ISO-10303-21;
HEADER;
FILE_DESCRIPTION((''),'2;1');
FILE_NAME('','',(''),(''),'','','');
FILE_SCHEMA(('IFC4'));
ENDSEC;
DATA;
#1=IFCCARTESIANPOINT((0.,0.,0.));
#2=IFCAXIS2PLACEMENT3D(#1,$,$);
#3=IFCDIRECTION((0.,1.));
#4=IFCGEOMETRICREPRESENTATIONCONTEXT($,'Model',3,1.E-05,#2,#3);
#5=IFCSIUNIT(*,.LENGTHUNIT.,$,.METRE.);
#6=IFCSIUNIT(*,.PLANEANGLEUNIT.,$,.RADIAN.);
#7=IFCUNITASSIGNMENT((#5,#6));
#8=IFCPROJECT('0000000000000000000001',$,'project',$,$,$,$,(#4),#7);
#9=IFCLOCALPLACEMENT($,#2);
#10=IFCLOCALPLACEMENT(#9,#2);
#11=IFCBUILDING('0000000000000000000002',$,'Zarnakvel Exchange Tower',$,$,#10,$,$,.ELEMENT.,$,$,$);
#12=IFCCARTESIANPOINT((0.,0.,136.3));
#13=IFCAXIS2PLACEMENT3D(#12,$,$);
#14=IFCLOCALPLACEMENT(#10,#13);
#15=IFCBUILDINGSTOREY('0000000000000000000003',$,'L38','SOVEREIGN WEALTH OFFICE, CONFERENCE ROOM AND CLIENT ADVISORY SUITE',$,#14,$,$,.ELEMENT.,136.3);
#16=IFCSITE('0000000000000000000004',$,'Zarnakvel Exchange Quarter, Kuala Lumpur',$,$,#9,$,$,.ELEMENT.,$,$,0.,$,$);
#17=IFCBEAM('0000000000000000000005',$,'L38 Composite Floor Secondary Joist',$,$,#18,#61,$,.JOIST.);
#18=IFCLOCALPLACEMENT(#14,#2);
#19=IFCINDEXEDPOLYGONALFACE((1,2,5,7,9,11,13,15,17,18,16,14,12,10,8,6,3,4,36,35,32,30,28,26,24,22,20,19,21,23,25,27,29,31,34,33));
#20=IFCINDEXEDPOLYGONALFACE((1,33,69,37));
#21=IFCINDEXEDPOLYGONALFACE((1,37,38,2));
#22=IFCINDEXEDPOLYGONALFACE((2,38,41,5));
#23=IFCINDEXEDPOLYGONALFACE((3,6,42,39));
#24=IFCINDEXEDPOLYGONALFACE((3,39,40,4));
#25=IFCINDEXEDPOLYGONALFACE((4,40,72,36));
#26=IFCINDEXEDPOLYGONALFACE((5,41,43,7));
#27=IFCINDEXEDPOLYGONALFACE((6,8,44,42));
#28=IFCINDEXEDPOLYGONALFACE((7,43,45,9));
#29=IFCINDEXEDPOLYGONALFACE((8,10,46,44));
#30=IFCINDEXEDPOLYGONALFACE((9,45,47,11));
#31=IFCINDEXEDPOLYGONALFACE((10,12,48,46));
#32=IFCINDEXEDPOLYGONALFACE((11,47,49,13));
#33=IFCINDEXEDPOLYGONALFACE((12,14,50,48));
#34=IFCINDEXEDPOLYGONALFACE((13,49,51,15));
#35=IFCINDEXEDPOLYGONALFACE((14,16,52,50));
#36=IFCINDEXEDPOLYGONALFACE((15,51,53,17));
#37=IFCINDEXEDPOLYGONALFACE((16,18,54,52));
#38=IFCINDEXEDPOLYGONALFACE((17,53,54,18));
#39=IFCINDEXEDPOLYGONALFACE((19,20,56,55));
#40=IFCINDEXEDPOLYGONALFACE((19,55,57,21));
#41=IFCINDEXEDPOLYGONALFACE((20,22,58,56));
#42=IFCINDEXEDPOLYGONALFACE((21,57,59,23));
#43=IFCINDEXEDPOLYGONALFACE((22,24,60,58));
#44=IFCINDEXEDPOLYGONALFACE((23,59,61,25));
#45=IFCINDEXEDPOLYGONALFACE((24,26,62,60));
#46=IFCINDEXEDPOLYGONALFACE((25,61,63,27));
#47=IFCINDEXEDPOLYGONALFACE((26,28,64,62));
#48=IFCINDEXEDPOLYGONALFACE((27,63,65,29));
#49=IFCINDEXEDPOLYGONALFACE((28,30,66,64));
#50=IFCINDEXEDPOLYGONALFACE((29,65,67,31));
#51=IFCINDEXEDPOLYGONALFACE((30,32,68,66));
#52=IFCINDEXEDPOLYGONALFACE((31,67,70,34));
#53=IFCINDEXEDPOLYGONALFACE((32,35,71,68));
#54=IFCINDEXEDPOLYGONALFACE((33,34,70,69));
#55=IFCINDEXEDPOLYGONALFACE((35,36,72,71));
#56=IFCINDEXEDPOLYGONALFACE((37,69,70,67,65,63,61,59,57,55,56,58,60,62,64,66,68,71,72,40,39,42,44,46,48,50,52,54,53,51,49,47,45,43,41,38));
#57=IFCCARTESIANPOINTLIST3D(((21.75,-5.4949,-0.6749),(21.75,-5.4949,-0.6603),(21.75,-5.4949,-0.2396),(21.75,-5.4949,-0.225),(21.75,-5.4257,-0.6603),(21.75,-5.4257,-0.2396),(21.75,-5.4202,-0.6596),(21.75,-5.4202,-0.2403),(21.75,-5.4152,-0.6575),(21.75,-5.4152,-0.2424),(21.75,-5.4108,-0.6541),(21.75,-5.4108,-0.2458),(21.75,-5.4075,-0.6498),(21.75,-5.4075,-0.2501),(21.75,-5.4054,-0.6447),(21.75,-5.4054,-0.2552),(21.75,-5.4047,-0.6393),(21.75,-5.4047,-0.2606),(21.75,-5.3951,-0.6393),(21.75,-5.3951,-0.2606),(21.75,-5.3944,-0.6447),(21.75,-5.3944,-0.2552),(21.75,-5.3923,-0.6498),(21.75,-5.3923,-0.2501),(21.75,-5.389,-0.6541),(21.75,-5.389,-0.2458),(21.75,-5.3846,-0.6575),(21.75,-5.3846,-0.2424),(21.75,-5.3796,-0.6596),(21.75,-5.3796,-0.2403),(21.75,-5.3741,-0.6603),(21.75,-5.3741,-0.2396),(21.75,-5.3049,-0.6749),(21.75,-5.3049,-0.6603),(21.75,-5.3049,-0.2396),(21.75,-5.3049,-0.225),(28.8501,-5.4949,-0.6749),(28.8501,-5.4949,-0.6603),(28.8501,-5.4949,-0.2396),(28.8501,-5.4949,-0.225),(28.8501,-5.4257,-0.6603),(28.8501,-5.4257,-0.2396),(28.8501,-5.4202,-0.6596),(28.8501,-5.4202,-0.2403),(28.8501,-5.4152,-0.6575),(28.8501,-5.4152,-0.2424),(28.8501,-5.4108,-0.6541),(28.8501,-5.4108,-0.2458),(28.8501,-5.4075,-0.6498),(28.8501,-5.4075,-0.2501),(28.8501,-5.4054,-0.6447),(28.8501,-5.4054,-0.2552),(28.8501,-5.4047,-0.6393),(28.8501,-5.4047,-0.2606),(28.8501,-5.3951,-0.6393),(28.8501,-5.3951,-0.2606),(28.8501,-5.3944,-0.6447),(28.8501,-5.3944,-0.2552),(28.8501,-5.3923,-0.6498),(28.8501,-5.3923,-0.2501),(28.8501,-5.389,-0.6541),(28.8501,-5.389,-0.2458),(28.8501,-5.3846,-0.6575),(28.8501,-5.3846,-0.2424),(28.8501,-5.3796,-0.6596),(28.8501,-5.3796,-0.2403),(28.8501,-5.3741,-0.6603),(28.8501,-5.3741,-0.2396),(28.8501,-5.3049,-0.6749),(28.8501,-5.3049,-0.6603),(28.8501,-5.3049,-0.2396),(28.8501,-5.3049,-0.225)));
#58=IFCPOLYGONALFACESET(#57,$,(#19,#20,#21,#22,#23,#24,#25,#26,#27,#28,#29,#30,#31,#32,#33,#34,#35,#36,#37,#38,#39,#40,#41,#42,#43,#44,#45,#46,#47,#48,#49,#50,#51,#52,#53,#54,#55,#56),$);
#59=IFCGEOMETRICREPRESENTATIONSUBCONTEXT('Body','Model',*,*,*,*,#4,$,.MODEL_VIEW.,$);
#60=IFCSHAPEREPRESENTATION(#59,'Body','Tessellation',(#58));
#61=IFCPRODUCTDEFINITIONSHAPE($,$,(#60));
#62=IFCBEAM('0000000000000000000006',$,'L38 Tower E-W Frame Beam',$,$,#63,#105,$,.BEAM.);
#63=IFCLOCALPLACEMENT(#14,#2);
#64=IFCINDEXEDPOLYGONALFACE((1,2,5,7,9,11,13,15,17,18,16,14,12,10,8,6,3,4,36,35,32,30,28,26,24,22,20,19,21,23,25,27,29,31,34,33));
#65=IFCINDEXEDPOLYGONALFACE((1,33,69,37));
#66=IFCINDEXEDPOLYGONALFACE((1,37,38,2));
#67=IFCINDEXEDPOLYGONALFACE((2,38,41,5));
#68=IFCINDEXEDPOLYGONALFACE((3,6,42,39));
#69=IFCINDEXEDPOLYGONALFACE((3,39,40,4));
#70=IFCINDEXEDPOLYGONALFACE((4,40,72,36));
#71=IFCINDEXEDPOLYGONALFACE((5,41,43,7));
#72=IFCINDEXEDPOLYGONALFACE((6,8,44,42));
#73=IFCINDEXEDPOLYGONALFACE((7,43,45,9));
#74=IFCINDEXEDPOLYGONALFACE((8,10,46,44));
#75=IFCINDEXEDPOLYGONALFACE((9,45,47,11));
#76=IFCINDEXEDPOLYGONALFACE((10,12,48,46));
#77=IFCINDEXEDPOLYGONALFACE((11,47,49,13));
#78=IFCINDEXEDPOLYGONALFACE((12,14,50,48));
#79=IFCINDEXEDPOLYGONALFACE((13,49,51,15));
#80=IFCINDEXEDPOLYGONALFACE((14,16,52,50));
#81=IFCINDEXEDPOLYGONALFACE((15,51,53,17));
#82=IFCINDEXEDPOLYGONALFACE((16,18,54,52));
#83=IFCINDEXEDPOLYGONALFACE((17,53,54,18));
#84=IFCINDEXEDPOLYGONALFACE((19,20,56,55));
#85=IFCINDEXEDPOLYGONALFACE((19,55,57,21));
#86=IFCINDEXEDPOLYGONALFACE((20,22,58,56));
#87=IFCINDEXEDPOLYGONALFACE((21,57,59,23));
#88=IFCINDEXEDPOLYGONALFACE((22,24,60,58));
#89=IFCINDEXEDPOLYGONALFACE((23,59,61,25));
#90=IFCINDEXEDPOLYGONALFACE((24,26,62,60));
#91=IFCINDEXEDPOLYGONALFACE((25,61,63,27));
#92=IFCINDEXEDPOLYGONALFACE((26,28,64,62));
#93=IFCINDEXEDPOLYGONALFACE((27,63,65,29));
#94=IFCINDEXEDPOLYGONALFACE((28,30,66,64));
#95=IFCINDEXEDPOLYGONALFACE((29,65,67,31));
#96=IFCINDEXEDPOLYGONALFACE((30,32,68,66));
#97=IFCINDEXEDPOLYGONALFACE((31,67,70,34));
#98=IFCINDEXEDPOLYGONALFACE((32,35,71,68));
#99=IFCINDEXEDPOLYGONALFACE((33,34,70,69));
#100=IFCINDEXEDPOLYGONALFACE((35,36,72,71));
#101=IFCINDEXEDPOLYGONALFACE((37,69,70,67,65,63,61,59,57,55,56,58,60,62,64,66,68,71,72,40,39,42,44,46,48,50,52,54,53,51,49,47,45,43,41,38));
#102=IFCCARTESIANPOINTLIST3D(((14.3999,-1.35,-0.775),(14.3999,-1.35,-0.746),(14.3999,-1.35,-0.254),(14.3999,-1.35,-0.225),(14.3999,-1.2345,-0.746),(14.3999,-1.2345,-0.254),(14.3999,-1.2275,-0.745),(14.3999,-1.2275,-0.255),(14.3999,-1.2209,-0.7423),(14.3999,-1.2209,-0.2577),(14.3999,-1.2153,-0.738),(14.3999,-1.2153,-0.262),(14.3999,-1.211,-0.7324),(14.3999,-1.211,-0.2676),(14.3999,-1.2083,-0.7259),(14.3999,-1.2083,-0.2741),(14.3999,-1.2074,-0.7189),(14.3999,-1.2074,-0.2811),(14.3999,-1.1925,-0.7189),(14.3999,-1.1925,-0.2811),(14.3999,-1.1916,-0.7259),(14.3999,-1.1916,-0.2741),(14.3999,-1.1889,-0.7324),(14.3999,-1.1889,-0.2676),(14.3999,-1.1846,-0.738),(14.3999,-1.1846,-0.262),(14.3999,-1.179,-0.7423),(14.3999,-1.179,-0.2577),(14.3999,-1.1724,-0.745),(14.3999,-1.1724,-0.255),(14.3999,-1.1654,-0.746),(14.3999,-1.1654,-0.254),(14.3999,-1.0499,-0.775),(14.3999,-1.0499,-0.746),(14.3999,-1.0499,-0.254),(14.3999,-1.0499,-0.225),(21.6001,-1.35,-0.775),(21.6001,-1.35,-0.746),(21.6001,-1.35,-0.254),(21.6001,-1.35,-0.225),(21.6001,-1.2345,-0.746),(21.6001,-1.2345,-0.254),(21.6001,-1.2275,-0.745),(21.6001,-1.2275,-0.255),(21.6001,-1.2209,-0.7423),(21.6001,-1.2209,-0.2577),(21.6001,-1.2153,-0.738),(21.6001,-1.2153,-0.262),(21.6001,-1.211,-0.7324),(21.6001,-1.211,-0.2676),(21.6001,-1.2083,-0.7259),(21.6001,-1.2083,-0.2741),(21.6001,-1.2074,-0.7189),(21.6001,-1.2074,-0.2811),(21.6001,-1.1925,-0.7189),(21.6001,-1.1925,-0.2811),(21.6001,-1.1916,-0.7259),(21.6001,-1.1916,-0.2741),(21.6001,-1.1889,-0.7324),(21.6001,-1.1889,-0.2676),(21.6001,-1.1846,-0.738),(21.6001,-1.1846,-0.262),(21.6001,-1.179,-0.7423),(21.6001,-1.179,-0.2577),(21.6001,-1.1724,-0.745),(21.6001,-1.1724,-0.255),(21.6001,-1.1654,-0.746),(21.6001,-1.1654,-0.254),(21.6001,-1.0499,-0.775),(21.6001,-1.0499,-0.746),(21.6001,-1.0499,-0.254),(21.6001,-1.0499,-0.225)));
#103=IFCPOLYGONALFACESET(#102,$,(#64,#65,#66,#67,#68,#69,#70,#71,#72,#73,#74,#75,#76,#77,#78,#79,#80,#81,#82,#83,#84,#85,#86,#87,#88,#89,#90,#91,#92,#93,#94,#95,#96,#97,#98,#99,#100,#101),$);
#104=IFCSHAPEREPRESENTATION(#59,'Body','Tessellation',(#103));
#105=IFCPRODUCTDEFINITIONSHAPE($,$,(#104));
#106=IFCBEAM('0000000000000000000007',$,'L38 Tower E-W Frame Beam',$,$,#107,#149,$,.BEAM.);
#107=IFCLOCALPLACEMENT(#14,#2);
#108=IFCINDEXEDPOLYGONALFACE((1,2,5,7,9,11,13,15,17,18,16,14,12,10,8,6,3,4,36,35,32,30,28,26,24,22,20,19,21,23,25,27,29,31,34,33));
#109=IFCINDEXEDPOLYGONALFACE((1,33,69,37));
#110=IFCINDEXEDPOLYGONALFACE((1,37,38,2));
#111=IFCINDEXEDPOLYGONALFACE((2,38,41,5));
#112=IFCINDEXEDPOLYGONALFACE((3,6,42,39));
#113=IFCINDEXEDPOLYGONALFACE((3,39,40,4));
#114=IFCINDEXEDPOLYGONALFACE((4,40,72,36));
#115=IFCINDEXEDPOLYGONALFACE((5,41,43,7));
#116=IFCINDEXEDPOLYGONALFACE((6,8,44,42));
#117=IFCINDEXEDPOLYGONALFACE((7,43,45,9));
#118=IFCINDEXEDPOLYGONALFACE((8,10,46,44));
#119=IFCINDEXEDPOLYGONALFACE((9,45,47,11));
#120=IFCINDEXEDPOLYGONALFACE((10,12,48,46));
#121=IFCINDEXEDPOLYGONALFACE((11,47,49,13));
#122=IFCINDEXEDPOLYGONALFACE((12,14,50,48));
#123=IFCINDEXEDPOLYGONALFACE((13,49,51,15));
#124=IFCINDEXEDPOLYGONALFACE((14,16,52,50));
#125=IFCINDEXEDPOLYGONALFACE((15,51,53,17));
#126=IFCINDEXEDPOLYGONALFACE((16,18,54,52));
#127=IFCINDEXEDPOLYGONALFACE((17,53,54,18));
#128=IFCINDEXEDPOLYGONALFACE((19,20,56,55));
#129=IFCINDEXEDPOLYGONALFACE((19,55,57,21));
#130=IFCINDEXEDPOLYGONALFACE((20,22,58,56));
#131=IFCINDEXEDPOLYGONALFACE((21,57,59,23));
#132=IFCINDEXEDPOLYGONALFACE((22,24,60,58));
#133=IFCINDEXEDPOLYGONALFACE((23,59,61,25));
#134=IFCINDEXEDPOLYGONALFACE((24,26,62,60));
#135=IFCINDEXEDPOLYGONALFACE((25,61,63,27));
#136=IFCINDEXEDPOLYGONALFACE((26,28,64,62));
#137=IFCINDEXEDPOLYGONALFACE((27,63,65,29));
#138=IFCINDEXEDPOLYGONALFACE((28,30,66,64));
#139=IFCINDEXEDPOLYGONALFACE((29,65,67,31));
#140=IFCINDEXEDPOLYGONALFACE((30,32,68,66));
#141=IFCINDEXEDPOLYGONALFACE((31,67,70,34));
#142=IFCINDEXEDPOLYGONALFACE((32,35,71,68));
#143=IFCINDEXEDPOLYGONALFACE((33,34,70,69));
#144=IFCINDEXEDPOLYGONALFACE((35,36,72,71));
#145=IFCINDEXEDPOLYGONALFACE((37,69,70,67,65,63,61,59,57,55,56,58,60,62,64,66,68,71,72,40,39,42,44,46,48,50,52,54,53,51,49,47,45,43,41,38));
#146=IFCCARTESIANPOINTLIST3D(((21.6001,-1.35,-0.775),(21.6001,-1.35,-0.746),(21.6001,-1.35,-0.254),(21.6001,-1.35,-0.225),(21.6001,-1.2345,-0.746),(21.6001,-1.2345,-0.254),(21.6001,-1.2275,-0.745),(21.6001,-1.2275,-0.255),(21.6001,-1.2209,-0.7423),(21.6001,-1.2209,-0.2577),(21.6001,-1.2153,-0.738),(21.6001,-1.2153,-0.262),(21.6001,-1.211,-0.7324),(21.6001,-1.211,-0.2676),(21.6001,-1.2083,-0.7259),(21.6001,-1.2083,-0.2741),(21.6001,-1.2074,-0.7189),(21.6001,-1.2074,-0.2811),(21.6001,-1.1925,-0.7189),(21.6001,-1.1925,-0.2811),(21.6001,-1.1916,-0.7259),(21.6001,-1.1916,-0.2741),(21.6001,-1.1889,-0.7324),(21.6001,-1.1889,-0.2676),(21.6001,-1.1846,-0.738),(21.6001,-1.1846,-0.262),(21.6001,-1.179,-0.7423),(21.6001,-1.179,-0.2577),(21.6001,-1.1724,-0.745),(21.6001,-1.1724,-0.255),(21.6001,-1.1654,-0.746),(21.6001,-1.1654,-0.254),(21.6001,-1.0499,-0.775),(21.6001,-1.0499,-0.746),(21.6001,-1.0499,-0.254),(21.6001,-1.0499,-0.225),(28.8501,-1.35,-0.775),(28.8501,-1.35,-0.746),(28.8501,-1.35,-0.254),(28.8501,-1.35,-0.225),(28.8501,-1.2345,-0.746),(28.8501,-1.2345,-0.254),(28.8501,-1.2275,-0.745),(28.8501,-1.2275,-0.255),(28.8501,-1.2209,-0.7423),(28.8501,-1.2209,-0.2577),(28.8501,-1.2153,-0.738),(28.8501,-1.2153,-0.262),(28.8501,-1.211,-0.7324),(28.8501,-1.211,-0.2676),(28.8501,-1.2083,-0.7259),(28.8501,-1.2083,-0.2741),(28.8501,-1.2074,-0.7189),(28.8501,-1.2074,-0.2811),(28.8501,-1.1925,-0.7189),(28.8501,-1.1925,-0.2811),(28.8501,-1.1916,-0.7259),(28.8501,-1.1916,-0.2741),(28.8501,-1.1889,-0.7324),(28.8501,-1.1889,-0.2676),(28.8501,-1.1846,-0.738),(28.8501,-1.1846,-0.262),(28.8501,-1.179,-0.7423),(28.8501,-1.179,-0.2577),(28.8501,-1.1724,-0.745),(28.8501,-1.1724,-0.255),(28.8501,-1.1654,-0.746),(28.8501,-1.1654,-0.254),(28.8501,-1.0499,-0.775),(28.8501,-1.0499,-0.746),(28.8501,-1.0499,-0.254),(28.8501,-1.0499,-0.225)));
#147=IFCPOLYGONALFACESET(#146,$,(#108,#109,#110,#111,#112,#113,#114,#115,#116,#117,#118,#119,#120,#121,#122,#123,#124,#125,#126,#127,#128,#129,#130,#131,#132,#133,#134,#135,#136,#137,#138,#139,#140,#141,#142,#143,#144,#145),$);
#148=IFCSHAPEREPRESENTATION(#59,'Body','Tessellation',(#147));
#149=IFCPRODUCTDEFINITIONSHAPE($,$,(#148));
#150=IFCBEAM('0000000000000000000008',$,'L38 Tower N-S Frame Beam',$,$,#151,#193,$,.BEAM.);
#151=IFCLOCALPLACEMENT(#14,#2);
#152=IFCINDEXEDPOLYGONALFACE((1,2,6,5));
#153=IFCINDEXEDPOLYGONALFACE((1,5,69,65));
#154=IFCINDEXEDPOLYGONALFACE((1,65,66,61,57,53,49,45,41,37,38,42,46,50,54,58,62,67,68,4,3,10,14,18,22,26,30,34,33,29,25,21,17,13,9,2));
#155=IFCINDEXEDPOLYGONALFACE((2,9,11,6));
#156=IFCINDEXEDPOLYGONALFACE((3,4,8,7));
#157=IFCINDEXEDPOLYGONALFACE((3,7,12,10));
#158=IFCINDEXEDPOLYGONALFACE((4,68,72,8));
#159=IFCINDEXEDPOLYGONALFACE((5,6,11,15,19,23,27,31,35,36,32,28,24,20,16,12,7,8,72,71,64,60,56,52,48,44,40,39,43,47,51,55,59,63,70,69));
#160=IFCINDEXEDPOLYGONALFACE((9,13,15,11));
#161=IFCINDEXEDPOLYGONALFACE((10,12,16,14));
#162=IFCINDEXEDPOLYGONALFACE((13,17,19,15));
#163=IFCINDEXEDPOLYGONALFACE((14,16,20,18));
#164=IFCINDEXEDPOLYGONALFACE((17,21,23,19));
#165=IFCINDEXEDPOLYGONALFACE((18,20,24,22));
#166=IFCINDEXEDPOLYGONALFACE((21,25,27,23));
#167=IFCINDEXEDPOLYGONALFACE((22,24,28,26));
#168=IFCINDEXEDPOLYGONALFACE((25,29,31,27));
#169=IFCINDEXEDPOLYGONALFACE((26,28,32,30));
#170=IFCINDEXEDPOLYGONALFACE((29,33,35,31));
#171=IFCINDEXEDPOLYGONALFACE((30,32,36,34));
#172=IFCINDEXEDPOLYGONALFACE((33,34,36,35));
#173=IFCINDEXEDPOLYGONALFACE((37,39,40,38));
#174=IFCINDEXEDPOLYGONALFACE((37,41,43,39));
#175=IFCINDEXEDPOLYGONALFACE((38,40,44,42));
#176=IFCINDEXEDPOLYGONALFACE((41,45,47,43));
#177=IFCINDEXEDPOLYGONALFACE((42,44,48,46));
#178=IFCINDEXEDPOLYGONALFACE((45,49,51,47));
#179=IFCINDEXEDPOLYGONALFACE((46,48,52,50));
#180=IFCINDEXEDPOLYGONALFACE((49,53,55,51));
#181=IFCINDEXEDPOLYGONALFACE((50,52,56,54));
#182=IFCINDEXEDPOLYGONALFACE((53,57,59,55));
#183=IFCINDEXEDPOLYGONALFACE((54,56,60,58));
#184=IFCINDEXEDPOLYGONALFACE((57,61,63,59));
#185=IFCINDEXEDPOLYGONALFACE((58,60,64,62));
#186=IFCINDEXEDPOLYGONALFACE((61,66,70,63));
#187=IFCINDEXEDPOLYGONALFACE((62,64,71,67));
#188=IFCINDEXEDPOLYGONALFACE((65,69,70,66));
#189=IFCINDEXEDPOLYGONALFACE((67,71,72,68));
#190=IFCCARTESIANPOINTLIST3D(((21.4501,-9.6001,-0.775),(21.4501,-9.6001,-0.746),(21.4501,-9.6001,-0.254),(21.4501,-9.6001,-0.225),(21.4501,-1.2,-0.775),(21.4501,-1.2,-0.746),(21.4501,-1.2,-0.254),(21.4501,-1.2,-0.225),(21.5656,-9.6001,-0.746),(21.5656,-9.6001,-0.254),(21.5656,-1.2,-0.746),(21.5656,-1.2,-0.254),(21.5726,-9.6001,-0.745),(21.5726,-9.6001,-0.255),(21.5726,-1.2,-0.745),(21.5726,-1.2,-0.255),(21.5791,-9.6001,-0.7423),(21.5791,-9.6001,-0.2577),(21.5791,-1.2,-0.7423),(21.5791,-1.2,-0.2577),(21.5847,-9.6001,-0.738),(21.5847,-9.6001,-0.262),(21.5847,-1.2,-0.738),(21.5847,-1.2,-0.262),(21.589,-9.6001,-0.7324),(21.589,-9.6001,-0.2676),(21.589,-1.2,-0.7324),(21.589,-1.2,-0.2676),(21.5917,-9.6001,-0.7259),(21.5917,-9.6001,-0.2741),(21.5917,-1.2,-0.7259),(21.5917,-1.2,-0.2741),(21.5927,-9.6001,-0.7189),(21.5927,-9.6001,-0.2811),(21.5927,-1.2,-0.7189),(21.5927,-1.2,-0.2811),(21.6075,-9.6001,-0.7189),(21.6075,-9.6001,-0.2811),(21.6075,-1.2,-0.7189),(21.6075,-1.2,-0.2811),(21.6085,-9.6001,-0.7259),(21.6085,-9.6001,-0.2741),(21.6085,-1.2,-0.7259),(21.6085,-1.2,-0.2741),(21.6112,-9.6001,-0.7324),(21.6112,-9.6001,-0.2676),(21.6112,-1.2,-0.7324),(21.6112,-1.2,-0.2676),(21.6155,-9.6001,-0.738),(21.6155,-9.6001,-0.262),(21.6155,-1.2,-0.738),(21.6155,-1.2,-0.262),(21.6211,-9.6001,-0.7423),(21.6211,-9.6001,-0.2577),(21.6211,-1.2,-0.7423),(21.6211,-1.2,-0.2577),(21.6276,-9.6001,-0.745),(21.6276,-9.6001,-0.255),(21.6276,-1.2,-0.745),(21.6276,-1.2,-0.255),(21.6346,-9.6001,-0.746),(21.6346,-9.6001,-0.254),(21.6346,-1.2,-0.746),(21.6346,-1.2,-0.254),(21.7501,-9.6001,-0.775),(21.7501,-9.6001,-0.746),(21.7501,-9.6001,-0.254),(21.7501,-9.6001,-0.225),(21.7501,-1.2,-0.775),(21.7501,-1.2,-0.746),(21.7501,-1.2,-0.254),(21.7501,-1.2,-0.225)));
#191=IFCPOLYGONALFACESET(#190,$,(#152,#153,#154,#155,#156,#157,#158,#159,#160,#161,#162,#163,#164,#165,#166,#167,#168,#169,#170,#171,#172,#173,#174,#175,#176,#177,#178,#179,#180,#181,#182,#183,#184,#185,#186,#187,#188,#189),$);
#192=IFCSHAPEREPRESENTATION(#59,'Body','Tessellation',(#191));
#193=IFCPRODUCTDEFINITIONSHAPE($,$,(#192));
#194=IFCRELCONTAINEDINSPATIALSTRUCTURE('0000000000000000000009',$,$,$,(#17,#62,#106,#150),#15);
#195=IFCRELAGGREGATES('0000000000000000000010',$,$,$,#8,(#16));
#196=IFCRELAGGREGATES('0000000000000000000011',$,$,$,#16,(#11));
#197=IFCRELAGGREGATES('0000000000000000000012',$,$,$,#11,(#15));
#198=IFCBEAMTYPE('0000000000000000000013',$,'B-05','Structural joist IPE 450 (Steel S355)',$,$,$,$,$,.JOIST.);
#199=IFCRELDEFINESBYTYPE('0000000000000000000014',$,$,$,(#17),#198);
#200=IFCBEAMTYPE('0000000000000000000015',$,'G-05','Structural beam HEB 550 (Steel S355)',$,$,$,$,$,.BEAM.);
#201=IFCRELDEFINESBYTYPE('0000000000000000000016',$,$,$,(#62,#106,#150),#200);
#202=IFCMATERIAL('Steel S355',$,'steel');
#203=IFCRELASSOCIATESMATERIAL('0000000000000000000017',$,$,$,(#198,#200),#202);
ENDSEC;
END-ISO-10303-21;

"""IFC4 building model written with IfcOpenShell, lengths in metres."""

from ifc_helpers import new_model, si_unit, direction, frame, origin, origin_2d, place, context, subcontext, project, spatial, i_section, extrude, material, material_profile, profile_set, type_object, element, save


model = new_model("IFC4")

# Units and contexts
model_context = context("Model", 3, precision=1e-05, world=origin(), true_north=direction((0.0, 1.0)))
body_context = subcontext(model_context, "Body", "Model", "MODEL_VIEW")
ifc_project = project(units=[si_unit("LENGTHUNIT", "METRE"), si_unit("PLANEANGLEUNIT", "RADIAN")], contexts=[model_context])

# Site, building, storey
site_placement = place(None, origin())
site = spatial("IfcSite", under=ifc_project, at=site_placement, Name="Zarnakvel Exchange Quarter, Kuala Lumpur", CompositionType="ELEMENT", RefElevation=0.0)
building_placement = place(site_placement, origin())
building = spatial("IfcBuilding", under=site, at=building_placement, Name="Zarnakvel Exchange Tower", CompositionType="ELEMENT")
storey_placement = place(building_placement, frame((0.0, 0.0, 136.3)))
storey = spatial("IfcBuildingStorey", under=building, at=storey_placement, Name="L38", Description="SOVEREIGN WEALTH OFFICE, CONFERENCE ROOM AND CLIENT ADVISORY SUITE", CompositionType="ELEMENT", Elevation=136.3)

# Shared definitions
ifc_material_1 = material(Name="Steel S355", Category="steel")

# Beams
ifc_material_profile_1 = material_profile(ifc_material_1, i_section(OverallWidth=0.1899, OverallDepth=0.45, WebThickness=0.0095, FlangeThickness=0.0146, FilletRadius=0.021, at=origin_2d()))
ifc_profile_set_1 = profile_set([ifc_material_profile_1], Name="Steel S355")
beam_type_1 = type_object("IfcBeamType", Name="B-05", Description="Structural joist IPE 450 (Steel S355)", PredefinedType="JOIST", material=ifc_profile_set_1)
beam_1_placement = place(storey_placement, frame((21.75, -5.3999, -0.45), z_axis=(1.0, 0.0, 0.0), x_axis=(0.0, 1.0, 0.0)))
element("IfcBeam", 1, at=beam_1_placement, inside=storey, type_object=beam_type_1, Name="L38 Composite Floor Secondary Joist", PredefinedType="JOIST", context=body_context, shape_type="SweptSolid", body=[
    extrude(i_section(OverallWidth=0.1899, OverallDepth=0.45, WebThickness=0.0095, FlangeThickness=0.0146, FilletRadius=0.021, at=origin_2d()), origin(), (0.0, 0.0, 1.0), 7.1001),
])
ifc_material_profile_2 = material_profile(ifc_material_1, i_section(OverallWidth=0.3, OverallDepth=0.55, WebThickness=0.0149, FlangeThickness=0.0291, FilletRadius=0.0271, at=origin_2d()))
ifc_profile_set_2 = profile_set([ifc_material_profile_2], Name="Steel S355")
beam_type_2 = type_object("IfcBeamType", Name="G-05", Description="Structural beam HEB 550 (Steel S355)", PredefinedType="BEAM", material=ifc_profile_set_2)
beam_2_placement = place(storey_placement, frame((14.3999, -1.2, -0.5), z_axis=(1.0, 0.0, 0.0), x_axis=(0.0, 1.0, 0.0)))
element("IfcBeam", 2, at=beam_2_placement, inside=storey, type_object=beam_type_2, Name="L38 Tower E-W Frame Beam", PredefinedType="BEAM", context=body_context, shape_type="SweptSolid", body=[
    extrude(i_section(OverallWidth=0.3, OverallDepth=0.55, WebThickness=0.0149, FlangeThickness=0.0291, FilletRadius=0.0271, at=origin_2d()), origin(), (0.0, 0.0, 1.0), 7.2002),
])
beam_3_placement = place(storey_placement, frame((21.6001, -1.2, -0.5), z_axis=(1.0, 0.0, 0.0), x_axis=(0.0, 1.0, 0.0)))
element("IfcBeam", 3, at=beam_3_placement, inside=storey, type_object=beam_type_2, Name="L38 Tower E-W Frame Beam", PredefinedType="BEAM", context=body_context, shape_type="SweptSolid", body=[
    extrude(i_section(OverallWidth=0.3, OverallDepth=0.55, WebThickness=0.0149, FlangeThickness=0.0291, FilletRadius=0.0271, at=origin_2d()), origin(), (0.0, 0.0, 1.0), 7.25),
])
beam_4_placement = place(storey_placement, frame((21.6001, -9.6001, -0.5), z_axis=(0.0, 1.0, 0.0), x_axis=(-1.0, 0.0, 0.0)))
element("IfcBeam", 4, at=beam_4_placement, inside=storey, type_object=beam_type_2, Name="L38 Tower N-S Frame Beam", PredefinedType="BEAM", context=body_context, shape_type="SweptSolid", body=[
    extrude(i_section(OverallWidth=0.3, OverallDepth=0.55, WebThickness=0.0149, FlangeThickness=0.0291, FilletRadius=0.0271, at=origin_2d()), origin(), (0.0, 0.0, 1.0), 8.4001),
])

save(model, "model.ifc")
